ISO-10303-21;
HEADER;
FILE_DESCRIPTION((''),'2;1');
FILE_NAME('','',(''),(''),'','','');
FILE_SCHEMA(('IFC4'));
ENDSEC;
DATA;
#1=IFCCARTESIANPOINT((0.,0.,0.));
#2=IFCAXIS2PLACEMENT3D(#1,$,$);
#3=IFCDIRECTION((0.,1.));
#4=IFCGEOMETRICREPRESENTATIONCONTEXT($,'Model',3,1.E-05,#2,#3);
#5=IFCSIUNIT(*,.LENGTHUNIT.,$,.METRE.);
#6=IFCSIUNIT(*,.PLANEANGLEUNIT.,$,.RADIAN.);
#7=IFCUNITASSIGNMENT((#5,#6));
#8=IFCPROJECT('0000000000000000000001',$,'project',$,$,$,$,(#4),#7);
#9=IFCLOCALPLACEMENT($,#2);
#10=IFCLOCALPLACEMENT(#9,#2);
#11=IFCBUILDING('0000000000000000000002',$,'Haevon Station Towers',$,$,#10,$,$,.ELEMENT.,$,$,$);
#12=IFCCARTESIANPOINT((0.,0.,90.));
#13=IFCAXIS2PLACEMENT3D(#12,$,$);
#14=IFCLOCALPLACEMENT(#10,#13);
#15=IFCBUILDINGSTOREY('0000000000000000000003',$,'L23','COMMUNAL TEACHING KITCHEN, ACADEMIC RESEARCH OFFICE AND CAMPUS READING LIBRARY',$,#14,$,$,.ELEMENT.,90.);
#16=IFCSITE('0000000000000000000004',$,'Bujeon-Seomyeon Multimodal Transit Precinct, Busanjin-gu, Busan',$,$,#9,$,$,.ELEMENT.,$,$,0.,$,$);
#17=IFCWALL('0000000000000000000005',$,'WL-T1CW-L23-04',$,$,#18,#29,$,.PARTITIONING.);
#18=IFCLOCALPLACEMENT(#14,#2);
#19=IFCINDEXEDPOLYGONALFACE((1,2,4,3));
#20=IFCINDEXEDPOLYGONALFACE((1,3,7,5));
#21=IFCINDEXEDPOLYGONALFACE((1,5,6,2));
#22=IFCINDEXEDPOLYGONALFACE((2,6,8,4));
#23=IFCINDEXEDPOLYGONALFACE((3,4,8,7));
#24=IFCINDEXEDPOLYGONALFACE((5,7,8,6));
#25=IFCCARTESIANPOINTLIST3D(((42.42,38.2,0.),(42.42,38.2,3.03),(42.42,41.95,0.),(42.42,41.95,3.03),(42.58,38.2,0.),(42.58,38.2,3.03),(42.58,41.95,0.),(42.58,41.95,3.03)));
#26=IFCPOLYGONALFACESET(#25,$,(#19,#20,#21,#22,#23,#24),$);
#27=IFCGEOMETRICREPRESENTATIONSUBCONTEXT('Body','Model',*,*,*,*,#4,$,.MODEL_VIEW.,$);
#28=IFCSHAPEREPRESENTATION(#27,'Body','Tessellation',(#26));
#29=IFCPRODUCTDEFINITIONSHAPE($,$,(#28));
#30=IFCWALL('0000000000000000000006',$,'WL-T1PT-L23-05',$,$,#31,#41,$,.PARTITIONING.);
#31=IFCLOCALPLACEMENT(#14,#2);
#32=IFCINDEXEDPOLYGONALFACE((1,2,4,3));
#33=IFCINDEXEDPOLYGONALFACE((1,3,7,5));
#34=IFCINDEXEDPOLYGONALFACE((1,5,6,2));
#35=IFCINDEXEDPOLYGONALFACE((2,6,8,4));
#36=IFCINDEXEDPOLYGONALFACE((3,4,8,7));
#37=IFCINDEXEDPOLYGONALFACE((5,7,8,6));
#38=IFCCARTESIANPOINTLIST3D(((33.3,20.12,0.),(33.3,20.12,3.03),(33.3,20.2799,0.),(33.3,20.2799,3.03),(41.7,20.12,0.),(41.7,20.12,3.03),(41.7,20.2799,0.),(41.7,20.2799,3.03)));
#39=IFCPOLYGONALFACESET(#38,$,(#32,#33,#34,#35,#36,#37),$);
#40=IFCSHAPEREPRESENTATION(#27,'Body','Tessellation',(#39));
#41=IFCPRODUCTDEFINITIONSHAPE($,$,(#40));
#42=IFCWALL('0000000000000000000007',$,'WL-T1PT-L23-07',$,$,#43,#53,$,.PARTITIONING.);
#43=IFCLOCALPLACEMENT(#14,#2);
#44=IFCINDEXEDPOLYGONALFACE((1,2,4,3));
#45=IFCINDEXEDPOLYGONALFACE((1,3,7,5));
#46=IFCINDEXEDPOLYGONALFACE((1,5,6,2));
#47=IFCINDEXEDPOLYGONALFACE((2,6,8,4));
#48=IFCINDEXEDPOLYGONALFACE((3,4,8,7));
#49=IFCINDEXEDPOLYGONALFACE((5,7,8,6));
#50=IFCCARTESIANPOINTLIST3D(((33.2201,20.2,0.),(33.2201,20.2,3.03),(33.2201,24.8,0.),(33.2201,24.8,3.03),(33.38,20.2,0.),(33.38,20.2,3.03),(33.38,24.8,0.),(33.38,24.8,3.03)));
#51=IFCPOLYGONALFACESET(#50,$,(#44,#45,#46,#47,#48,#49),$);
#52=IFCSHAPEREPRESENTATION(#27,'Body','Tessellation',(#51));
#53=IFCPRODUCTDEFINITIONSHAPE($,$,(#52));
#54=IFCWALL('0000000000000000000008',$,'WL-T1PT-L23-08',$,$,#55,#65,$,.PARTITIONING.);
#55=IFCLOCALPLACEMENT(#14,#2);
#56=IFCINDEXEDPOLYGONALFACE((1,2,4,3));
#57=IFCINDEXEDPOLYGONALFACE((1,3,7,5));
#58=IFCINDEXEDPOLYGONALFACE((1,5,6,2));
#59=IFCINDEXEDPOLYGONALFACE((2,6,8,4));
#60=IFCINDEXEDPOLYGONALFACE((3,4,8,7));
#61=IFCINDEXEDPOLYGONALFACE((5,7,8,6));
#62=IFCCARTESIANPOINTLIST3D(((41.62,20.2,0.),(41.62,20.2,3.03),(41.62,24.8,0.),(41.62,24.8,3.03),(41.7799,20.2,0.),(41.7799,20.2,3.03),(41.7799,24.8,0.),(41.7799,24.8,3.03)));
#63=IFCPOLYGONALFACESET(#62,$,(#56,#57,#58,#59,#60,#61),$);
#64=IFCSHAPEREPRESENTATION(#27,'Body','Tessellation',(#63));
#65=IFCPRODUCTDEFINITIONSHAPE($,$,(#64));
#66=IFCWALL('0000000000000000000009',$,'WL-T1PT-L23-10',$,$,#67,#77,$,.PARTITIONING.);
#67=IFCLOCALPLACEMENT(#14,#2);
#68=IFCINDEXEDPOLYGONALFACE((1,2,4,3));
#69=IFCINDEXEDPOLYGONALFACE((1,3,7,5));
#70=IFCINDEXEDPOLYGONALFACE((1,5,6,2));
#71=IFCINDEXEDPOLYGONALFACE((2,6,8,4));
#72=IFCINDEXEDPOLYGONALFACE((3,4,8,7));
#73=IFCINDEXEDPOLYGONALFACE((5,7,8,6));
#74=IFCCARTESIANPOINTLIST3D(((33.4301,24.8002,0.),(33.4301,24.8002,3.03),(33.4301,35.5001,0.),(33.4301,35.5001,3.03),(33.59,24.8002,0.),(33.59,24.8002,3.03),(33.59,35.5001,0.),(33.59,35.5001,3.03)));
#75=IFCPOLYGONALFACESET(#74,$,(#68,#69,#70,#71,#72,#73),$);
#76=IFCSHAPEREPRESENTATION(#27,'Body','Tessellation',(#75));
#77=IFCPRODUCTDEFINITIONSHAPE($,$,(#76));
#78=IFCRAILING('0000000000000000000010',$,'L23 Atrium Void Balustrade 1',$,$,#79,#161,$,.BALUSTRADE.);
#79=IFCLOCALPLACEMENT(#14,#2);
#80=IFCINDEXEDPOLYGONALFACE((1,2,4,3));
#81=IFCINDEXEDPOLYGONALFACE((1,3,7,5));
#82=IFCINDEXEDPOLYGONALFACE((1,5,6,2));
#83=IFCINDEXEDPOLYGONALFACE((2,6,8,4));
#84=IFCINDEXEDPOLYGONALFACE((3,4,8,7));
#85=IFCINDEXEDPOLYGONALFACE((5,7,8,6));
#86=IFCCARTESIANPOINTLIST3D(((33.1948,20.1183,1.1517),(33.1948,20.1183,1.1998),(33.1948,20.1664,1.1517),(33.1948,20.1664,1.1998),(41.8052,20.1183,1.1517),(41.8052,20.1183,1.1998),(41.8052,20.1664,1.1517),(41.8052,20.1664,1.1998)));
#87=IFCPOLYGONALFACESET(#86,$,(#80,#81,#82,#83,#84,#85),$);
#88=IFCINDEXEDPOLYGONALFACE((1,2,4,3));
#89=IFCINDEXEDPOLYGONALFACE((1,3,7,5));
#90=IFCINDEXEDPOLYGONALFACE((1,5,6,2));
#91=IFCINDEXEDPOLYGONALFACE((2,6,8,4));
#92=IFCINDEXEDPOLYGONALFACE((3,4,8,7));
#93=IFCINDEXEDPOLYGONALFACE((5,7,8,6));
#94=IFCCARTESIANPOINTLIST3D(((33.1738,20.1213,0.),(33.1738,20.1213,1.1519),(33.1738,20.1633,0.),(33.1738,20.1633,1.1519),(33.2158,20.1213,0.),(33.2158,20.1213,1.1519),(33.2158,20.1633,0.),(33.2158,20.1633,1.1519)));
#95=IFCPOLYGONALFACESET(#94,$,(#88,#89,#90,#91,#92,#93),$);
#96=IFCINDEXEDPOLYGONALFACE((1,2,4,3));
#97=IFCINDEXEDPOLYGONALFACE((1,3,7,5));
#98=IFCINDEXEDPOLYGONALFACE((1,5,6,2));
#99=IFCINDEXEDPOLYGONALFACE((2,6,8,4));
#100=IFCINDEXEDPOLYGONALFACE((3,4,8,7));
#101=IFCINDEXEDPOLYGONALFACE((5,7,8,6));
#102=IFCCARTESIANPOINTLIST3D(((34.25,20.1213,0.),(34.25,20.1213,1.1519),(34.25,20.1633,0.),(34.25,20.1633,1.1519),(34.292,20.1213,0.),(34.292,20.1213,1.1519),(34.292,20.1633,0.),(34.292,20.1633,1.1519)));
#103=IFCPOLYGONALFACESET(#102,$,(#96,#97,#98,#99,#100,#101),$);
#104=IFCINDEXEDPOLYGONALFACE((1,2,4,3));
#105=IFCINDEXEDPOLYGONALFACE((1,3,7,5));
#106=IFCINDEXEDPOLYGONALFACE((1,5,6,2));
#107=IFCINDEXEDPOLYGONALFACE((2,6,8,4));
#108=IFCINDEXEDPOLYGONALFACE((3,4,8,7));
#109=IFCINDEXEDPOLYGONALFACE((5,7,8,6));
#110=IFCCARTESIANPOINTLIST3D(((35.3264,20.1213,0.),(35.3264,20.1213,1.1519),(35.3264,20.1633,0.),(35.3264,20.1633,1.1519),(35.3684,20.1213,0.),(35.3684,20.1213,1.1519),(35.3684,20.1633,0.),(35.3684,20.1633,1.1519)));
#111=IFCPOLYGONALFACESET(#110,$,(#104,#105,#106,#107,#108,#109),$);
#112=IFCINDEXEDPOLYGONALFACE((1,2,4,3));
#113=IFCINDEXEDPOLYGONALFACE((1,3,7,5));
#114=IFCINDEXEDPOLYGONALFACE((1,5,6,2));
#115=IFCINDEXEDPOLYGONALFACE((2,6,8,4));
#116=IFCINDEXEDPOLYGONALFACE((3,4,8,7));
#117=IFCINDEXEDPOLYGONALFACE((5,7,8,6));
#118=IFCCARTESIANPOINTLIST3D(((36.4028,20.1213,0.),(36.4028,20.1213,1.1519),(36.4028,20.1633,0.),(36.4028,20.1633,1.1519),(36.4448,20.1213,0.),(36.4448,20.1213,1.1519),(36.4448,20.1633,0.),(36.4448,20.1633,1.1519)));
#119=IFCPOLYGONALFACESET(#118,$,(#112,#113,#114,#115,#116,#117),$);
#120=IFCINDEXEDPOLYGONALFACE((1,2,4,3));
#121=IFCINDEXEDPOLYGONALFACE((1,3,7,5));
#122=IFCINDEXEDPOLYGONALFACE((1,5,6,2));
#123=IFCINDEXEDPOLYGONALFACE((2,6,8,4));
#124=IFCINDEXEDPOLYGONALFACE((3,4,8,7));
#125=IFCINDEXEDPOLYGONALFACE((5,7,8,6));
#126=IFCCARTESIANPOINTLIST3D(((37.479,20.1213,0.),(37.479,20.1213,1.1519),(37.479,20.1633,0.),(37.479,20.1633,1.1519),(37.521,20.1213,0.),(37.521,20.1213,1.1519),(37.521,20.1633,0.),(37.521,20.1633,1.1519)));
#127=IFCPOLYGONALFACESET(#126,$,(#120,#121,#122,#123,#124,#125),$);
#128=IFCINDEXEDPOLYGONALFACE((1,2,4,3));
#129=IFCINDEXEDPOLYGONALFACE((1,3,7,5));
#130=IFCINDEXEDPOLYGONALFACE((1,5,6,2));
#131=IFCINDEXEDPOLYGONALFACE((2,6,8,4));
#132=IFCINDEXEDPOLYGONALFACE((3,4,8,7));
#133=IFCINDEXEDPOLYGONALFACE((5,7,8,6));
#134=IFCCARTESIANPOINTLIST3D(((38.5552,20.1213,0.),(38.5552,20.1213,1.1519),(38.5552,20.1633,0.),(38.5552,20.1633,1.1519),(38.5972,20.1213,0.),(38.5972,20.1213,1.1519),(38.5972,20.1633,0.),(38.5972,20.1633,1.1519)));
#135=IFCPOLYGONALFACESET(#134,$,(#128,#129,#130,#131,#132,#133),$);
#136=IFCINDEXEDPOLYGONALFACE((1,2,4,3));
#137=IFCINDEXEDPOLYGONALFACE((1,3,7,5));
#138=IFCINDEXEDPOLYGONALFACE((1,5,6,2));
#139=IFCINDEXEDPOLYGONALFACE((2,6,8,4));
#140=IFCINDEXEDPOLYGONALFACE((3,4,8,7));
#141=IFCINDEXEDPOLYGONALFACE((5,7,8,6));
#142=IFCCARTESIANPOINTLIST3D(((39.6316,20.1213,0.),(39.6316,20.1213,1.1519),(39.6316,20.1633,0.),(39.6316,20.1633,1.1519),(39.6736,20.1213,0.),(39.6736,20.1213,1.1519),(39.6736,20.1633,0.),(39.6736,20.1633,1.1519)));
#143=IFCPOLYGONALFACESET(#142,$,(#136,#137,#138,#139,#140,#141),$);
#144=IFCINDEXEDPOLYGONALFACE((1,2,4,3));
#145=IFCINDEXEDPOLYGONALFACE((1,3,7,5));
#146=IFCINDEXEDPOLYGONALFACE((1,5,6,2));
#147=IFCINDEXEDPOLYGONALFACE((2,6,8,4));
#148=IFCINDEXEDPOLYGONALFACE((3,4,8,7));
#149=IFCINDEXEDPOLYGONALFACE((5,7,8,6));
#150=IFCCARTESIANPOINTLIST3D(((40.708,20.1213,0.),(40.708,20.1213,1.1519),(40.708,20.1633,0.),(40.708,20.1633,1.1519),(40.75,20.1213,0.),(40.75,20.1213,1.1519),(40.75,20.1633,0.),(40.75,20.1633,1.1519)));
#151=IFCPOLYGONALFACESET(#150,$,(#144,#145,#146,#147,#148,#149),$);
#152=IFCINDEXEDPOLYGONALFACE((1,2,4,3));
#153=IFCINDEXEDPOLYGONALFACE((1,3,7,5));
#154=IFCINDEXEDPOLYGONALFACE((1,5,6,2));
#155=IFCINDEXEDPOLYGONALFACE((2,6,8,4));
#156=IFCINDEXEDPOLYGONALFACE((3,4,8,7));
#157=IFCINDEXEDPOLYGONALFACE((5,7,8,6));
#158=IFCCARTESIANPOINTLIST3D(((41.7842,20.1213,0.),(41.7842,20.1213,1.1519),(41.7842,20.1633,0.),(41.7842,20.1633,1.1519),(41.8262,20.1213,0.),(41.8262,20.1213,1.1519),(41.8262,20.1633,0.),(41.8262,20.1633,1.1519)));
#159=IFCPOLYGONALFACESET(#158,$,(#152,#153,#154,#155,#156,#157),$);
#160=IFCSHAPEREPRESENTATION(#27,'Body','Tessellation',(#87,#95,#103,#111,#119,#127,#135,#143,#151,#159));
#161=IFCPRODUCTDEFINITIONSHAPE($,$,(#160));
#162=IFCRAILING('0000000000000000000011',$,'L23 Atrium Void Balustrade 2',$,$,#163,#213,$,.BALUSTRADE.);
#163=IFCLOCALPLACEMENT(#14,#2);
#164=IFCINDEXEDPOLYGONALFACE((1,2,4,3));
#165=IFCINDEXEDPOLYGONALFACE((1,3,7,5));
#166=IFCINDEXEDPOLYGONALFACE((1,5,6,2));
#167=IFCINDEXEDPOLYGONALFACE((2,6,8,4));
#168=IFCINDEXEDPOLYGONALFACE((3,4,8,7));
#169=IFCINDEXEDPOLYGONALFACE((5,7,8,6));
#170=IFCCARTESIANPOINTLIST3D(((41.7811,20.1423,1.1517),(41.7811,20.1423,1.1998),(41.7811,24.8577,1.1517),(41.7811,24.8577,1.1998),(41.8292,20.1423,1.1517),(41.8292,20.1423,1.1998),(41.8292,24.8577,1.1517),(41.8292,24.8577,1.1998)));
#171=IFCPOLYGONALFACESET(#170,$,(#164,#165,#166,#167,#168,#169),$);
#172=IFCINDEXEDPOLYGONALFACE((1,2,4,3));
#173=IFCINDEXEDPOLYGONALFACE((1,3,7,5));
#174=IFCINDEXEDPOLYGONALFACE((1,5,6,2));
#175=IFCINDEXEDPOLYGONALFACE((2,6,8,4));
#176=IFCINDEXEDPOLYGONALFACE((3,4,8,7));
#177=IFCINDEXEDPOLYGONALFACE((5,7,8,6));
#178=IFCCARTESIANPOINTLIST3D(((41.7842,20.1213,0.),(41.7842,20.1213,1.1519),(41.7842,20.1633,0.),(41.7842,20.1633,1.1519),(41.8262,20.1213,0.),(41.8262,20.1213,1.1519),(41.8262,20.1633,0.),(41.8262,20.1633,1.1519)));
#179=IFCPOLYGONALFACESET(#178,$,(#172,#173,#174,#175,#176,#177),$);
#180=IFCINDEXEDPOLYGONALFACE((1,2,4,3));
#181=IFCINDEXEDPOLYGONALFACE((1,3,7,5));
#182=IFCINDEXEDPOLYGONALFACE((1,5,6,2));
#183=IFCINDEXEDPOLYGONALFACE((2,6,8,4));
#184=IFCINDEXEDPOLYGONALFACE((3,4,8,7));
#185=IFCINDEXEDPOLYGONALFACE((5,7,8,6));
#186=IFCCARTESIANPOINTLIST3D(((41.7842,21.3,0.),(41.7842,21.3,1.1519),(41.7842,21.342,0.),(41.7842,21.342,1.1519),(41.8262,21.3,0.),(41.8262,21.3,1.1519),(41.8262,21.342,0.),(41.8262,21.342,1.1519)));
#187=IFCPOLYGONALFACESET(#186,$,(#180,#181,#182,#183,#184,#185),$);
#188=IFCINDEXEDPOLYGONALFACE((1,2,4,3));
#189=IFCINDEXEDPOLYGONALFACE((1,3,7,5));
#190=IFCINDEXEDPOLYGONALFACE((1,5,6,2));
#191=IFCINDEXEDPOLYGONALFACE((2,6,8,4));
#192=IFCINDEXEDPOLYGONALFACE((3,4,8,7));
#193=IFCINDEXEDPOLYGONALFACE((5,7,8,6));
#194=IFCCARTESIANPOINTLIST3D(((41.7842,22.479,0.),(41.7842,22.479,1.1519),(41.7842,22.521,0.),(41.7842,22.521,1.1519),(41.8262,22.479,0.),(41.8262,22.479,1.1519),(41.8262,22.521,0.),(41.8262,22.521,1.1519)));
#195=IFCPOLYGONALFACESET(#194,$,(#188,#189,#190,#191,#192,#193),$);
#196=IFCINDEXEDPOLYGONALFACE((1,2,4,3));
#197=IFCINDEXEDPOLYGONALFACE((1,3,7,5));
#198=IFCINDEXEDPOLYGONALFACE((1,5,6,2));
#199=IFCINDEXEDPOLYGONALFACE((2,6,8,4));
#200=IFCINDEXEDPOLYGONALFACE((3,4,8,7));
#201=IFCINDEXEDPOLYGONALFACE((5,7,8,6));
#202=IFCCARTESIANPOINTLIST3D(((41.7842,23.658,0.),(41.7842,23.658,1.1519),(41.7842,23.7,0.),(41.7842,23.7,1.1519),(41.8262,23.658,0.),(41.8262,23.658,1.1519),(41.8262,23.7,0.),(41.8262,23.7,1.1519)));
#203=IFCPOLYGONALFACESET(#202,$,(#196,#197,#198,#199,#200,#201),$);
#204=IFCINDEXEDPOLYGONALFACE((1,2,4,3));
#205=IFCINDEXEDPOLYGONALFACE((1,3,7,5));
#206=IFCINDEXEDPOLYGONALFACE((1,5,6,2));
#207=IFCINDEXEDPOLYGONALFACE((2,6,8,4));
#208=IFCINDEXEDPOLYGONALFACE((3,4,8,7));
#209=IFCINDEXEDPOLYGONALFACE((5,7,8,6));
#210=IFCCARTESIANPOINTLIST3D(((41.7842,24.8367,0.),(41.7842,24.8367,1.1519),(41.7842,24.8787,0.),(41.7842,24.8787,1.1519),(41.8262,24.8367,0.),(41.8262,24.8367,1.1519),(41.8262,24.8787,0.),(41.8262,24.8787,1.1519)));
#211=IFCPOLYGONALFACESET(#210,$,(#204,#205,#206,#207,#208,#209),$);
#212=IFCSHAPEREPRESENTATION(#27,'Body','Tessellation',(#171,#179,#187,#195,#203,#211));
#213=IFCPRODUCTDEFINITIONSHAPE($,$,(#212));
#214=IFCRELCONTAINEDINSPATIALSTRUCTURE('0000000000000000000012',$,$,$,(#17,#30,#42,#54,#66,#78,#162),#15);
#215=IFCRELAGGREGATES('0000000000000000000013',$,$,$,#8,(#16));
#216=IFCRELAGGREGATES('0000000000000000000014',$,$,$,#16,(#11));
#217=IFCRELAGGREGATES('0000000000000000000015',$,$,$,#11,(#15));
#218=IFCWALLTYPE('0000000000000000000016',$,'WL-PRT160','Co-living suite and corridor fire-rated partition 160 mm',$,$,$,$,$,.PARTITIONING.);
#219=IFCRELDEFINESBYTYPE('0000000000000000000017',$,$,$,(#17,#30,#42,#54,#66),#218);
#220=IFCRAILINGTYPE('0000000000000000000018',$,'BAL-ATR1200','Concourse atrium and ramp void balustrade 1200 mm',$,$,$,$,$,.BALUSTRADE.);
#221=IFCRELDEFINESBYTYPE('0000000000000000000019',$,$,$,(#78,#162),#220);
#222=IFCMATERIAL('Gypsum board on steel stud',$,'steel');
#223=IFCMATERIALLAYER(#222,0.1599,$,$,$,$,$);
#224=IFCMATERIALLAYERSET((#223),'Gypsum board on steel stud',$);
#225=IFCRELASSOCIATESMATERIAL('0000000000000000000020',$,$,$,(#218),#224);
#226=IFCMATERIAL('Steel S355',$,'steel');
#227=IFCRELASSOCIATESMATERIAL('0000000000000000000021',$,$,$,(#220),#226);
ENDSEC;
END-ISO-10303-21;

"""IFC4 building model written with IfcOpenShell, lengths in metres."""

from ifc_helpers import new_model, si_unit, direction, frame, frame_2d, origin, origin_2d, place, context, subcontext, project, spatial, rectangle, extrude, material, layer, layer_set, type_object, element, save


model = new_model("IFC4")

# Units and contexts
model_context = context("Model", 3, precision=1e-05, world=origin(), true_north=direction((0.0, 1.0)))
body_context = subcontext(model_context, "Body", "Model", "MODEL_VIEW")
ifc_project = project(units=[si_unit("LENGTHUNIT", "METRE"), si_unit("PLANEANGLEUNIT", "RADIAN")], contexts=[model_context])

# Site, building, storey
site_placement = place(None, origin())
site = spatial("IfcSite", under=ifc_project, at=site_placement, Name="Bujeon-Seomyeon Multimodal Transit Precinct, Busanjin-gu, Busan", CompositionType="ELEMENT", RefElevation=0.0)
building_placement = place(site_placement, origin())
building = spatial("IfcBuilding", under=site, at=building_placement, Name="Haevon Station Towers", CompositionType="ELEMENT")
storey_placement = place(building_placement, frame((0.0, 0.0, 90.0)))
storey = spatial("IfcBuildingStorey", under=building, at=storey_placement, Name="L23", Description="COMMUNAL TEACHING KITCHEN, ACADEMIC RESEARCH OFFICE AND CAMPUS READING LIBRARY", CompositionType="ELEMENT", Elevation=90.0)

# Shared definitions
ifc_material_1 = material(Name="Steel S355", Category="steel")

# Shared definitions
ifc_material_2 = material(Name="Gypsum board on steel stud", Category="steel")

# Walls
ifc_layer_1 = layer(ifc_material_2, 0.1599)
ifc_layer_set_1 = layer_set([ifc_layer_1], Name="Gypsum board on steel stud")
wall_type_1 = type_object("IfcWallType", Name="WL-PRT160", Description="Co-living suite and corridor fire-rated partition 160 mm", PredefinedType="PARTITIONING", material=ifc_layer_set_1)
wall_1_placement = place(storey_placement, frame((42.5, 38.2, 0.0), z_axis=(0.0, 0.0, 1.0), x_axis=(0.0, 1.0, 0.0)))
element("IfcWall", 1, at=wall_1_placement, inside=storey, type_object=wall_type_1, Name="WL-T1CW-L23-04", PredefinedType="PARTITIONING", context=body_context, shape_type="SweptSolid", body=[
    extrude(rectangle(XDim=3.75, YDim=0.1599, at=frame_2d((1.875, 0.0))), origin(), (0.0, 0.0, 1.0), 3.03),
])
wall_2_placement = place(storey_placement, frame((33.3, 20.2, 0.0), z_axis=(0.0, 0.0, 1.0), x_axis=(1.0, 0.0, 0.0)))
element("IfcWall", 2, at=wall_2_placement, inside=storey, type_object=wall_type_1, Name="WL-T1PT-L23-05", PredefinedType="PARTITIONING", context=body_context, shape_type="SweptSolid", body=[
    extrude(rectangle(XDim=8.3999, YDim=0.1599, at=frame_2d((4.2, 0.0))), origin(), (0.0, 0.0, 1.0), 3.03),
])
for number, where, z_axis, x_axis, name in (
    (3, (33.3, 20.2, 0.0), (0.0, 0.0, 1.0), (0.0, 1.0, 0.0), "WL-T1PT-L23-07"),
    (4, (41.7, 20.2, 0.0), (0.0, 0.0, 1.0), (0.0, 1.0, 0.0), "WL-T1PT-L23-08"),
):
    element("IfcWall", number, at=place(storey_placement, frame(where, z_axis=z_axis, x_axis=x_axis)), inside=storey, type_object=wall_type_1, Name=name, PredefinedType="PARTITIONING", context=body_context, shape_type="SweptSolid", body=[
        extrude(rectangle(XDim=4.6001, YDim=0.1599, at=frame_2d((2.3, 0.0))), origin(), (0.0, 0.0, 1.0), 3.03),
    ])
wall_3_placement = place(storey_placement, frame((33.51, 24.8, 0.0), z_axis=(0.0, 0.0, 1.0), x_axis=(0.0, 1.0, 0.0)))
element("IfcWall", 5, at=wall_3_placement, inside=storey, type_object=wall_type_1, Name="WL-T1PT-L23-10", PredefinedType="PARTITIONING", context=body_context, shape_type="SweptSolid", body=[
    extrude(rectangle(XDim=10.7, YDim=0.1599, at=frame_2d((5.3501, 0.0))), origin(), (0.0, 0.0, 1.0), 3.03),
])

# Railings
railing_type = type_object("IfcRailingType", Name="BAL-ATR1200", Description="Concourse atrium and ramp void balustrade 1200 mm", PredefinedType="BALUSTRADE", material=ifc_material_1)
railing_1_placement = place(storey_placement, frame((33.1948, 20.1423, 0.0)))
element("IfcRailing", 6, at=railing_1_placement, inside=storey, type_object=railing_type, Name="L23 Atrium Void Balustrade 1", PredefinedType="BALUSTRADE", context=body_context, shape_type="SweptSolid", body=[
    extrude(rectangle(XDim=0.0481, YDim=0.0481, at=origin_2d()), frame((0.0, 0.0, 1.1758), z_axis=(1.0, 0.0, 0.0), x_axis=(0.0, 1.0, 0.0)), (0.0, 0.0, 1.0), 8.6104),
    extrude(rectangle(XDim=0.042, YDim=0.042, at=origin_2d()), origin(), (0.0, 0.0, 1.0), 1.1519),
    extrude(rectangle(XDim=0.042, YDim=0.042, at=origin_2d()), frame((1.0762, 0.0, 0.0)), (0.0, 0.0, 1.0), 1.1519),
    extrude(rectangle(XDim=0.042, YDim=0.042, at=origin_2d()), frame((2.1526, 0.0, 0.0)), (0.0, 0.0, 1.0), 1.1519),
    extrude(rectangle(XDim=0.042, YDim=0.042, at=origin_2d()), frame((3.229, 0.0, 0.0)), (0.0, 0.0, 1.0), 1.1519),
    extrude(rectangle(XDim=0.042, YDim=0.042, at=origin_2d()), frame((4.3052, 0.0, 0.0)), (0.0, 0.0, 1.0), 1.1519),
    extrude(rectangle(XDim=0.042, YDim=0.042, at=origin_2d()), frame((5.3813, 0.0, 0.0)), (0.0, 0.0, 1.0), 1.1519),
    extrude(rectangle(XDim=0.042, YDim=0.042, at=origin_2d()), frame((6.4578, 0.0, 0.0)), (0.0, 0.0, 1.0), 1.1519),
    extrude(rectangle(XDim=0.042, YDim=0.042, at=origin_2d()), frame((7.5342, 0.0, 0.0)), (0.0, 0.0, 1.0), 1.1519),
    extrude(rectangle(XDim=0.042, YDim=0.042, at=origin_2d()), frame((8.6104, 0.0, 0.0)), (0.0, 0.0, 1.0), 1.1519),
])
railing_2_placement = place(storey_placement, frame((41.8052, 20.1423, 0.0)))
element("IfcRailing", 7, at=railing_2_placement, inside=storey, type_object=railing_type, Name="L23 Atrium Void Balustrade 2", PredefinedType="BALUSTRADE", context=body_context, shape_type="SweptSolid", body=[
    extrude(rectangle(XDim=0.0481, YDim=0.0481, at=origin_2d()), frame((0.0, 0.0, 1.1758), z_axis=(0.0, 1.0, 0.0), x_axis=(-1.0, 0.0, 0.0)), (0.0, 0.0, 1.0), 4.7153),
    extrude(rectangle(XDim=0.042, YDim=0.042, at=origin_2d()), origin(), (0.0, 0.0, 1.0), 1.1519),
    extrude(rectangle(XDim=0.042, YDim=0.042, at=origin_2d()), frame((0.0, 1.1787, 0.0)), (0.0, 0.0, 1.0), 1.1519),
    extrude(rectangle(XDim=0.042, YDim=0.042, at=origin_2d()), frame((0.0, 2.3577, 0.0)), (0.0, 0.0, 1.0), 1.1519),
    extrude(rectangle(XDim=0.042, YDim=0.042, at=origin_2d()), frame((0.0, 3.5366, 0.0)), (0.0, 0.0, 1.0), 1.1519),
    extrude(rectangle(XDim=0.042, YDim=0.042, at=origin_2d()), frame((0.0, 4.7153, 0.0)), (0.0, 0.0, 1.0), 1.1519),
])

save(model, "model.ifc")
